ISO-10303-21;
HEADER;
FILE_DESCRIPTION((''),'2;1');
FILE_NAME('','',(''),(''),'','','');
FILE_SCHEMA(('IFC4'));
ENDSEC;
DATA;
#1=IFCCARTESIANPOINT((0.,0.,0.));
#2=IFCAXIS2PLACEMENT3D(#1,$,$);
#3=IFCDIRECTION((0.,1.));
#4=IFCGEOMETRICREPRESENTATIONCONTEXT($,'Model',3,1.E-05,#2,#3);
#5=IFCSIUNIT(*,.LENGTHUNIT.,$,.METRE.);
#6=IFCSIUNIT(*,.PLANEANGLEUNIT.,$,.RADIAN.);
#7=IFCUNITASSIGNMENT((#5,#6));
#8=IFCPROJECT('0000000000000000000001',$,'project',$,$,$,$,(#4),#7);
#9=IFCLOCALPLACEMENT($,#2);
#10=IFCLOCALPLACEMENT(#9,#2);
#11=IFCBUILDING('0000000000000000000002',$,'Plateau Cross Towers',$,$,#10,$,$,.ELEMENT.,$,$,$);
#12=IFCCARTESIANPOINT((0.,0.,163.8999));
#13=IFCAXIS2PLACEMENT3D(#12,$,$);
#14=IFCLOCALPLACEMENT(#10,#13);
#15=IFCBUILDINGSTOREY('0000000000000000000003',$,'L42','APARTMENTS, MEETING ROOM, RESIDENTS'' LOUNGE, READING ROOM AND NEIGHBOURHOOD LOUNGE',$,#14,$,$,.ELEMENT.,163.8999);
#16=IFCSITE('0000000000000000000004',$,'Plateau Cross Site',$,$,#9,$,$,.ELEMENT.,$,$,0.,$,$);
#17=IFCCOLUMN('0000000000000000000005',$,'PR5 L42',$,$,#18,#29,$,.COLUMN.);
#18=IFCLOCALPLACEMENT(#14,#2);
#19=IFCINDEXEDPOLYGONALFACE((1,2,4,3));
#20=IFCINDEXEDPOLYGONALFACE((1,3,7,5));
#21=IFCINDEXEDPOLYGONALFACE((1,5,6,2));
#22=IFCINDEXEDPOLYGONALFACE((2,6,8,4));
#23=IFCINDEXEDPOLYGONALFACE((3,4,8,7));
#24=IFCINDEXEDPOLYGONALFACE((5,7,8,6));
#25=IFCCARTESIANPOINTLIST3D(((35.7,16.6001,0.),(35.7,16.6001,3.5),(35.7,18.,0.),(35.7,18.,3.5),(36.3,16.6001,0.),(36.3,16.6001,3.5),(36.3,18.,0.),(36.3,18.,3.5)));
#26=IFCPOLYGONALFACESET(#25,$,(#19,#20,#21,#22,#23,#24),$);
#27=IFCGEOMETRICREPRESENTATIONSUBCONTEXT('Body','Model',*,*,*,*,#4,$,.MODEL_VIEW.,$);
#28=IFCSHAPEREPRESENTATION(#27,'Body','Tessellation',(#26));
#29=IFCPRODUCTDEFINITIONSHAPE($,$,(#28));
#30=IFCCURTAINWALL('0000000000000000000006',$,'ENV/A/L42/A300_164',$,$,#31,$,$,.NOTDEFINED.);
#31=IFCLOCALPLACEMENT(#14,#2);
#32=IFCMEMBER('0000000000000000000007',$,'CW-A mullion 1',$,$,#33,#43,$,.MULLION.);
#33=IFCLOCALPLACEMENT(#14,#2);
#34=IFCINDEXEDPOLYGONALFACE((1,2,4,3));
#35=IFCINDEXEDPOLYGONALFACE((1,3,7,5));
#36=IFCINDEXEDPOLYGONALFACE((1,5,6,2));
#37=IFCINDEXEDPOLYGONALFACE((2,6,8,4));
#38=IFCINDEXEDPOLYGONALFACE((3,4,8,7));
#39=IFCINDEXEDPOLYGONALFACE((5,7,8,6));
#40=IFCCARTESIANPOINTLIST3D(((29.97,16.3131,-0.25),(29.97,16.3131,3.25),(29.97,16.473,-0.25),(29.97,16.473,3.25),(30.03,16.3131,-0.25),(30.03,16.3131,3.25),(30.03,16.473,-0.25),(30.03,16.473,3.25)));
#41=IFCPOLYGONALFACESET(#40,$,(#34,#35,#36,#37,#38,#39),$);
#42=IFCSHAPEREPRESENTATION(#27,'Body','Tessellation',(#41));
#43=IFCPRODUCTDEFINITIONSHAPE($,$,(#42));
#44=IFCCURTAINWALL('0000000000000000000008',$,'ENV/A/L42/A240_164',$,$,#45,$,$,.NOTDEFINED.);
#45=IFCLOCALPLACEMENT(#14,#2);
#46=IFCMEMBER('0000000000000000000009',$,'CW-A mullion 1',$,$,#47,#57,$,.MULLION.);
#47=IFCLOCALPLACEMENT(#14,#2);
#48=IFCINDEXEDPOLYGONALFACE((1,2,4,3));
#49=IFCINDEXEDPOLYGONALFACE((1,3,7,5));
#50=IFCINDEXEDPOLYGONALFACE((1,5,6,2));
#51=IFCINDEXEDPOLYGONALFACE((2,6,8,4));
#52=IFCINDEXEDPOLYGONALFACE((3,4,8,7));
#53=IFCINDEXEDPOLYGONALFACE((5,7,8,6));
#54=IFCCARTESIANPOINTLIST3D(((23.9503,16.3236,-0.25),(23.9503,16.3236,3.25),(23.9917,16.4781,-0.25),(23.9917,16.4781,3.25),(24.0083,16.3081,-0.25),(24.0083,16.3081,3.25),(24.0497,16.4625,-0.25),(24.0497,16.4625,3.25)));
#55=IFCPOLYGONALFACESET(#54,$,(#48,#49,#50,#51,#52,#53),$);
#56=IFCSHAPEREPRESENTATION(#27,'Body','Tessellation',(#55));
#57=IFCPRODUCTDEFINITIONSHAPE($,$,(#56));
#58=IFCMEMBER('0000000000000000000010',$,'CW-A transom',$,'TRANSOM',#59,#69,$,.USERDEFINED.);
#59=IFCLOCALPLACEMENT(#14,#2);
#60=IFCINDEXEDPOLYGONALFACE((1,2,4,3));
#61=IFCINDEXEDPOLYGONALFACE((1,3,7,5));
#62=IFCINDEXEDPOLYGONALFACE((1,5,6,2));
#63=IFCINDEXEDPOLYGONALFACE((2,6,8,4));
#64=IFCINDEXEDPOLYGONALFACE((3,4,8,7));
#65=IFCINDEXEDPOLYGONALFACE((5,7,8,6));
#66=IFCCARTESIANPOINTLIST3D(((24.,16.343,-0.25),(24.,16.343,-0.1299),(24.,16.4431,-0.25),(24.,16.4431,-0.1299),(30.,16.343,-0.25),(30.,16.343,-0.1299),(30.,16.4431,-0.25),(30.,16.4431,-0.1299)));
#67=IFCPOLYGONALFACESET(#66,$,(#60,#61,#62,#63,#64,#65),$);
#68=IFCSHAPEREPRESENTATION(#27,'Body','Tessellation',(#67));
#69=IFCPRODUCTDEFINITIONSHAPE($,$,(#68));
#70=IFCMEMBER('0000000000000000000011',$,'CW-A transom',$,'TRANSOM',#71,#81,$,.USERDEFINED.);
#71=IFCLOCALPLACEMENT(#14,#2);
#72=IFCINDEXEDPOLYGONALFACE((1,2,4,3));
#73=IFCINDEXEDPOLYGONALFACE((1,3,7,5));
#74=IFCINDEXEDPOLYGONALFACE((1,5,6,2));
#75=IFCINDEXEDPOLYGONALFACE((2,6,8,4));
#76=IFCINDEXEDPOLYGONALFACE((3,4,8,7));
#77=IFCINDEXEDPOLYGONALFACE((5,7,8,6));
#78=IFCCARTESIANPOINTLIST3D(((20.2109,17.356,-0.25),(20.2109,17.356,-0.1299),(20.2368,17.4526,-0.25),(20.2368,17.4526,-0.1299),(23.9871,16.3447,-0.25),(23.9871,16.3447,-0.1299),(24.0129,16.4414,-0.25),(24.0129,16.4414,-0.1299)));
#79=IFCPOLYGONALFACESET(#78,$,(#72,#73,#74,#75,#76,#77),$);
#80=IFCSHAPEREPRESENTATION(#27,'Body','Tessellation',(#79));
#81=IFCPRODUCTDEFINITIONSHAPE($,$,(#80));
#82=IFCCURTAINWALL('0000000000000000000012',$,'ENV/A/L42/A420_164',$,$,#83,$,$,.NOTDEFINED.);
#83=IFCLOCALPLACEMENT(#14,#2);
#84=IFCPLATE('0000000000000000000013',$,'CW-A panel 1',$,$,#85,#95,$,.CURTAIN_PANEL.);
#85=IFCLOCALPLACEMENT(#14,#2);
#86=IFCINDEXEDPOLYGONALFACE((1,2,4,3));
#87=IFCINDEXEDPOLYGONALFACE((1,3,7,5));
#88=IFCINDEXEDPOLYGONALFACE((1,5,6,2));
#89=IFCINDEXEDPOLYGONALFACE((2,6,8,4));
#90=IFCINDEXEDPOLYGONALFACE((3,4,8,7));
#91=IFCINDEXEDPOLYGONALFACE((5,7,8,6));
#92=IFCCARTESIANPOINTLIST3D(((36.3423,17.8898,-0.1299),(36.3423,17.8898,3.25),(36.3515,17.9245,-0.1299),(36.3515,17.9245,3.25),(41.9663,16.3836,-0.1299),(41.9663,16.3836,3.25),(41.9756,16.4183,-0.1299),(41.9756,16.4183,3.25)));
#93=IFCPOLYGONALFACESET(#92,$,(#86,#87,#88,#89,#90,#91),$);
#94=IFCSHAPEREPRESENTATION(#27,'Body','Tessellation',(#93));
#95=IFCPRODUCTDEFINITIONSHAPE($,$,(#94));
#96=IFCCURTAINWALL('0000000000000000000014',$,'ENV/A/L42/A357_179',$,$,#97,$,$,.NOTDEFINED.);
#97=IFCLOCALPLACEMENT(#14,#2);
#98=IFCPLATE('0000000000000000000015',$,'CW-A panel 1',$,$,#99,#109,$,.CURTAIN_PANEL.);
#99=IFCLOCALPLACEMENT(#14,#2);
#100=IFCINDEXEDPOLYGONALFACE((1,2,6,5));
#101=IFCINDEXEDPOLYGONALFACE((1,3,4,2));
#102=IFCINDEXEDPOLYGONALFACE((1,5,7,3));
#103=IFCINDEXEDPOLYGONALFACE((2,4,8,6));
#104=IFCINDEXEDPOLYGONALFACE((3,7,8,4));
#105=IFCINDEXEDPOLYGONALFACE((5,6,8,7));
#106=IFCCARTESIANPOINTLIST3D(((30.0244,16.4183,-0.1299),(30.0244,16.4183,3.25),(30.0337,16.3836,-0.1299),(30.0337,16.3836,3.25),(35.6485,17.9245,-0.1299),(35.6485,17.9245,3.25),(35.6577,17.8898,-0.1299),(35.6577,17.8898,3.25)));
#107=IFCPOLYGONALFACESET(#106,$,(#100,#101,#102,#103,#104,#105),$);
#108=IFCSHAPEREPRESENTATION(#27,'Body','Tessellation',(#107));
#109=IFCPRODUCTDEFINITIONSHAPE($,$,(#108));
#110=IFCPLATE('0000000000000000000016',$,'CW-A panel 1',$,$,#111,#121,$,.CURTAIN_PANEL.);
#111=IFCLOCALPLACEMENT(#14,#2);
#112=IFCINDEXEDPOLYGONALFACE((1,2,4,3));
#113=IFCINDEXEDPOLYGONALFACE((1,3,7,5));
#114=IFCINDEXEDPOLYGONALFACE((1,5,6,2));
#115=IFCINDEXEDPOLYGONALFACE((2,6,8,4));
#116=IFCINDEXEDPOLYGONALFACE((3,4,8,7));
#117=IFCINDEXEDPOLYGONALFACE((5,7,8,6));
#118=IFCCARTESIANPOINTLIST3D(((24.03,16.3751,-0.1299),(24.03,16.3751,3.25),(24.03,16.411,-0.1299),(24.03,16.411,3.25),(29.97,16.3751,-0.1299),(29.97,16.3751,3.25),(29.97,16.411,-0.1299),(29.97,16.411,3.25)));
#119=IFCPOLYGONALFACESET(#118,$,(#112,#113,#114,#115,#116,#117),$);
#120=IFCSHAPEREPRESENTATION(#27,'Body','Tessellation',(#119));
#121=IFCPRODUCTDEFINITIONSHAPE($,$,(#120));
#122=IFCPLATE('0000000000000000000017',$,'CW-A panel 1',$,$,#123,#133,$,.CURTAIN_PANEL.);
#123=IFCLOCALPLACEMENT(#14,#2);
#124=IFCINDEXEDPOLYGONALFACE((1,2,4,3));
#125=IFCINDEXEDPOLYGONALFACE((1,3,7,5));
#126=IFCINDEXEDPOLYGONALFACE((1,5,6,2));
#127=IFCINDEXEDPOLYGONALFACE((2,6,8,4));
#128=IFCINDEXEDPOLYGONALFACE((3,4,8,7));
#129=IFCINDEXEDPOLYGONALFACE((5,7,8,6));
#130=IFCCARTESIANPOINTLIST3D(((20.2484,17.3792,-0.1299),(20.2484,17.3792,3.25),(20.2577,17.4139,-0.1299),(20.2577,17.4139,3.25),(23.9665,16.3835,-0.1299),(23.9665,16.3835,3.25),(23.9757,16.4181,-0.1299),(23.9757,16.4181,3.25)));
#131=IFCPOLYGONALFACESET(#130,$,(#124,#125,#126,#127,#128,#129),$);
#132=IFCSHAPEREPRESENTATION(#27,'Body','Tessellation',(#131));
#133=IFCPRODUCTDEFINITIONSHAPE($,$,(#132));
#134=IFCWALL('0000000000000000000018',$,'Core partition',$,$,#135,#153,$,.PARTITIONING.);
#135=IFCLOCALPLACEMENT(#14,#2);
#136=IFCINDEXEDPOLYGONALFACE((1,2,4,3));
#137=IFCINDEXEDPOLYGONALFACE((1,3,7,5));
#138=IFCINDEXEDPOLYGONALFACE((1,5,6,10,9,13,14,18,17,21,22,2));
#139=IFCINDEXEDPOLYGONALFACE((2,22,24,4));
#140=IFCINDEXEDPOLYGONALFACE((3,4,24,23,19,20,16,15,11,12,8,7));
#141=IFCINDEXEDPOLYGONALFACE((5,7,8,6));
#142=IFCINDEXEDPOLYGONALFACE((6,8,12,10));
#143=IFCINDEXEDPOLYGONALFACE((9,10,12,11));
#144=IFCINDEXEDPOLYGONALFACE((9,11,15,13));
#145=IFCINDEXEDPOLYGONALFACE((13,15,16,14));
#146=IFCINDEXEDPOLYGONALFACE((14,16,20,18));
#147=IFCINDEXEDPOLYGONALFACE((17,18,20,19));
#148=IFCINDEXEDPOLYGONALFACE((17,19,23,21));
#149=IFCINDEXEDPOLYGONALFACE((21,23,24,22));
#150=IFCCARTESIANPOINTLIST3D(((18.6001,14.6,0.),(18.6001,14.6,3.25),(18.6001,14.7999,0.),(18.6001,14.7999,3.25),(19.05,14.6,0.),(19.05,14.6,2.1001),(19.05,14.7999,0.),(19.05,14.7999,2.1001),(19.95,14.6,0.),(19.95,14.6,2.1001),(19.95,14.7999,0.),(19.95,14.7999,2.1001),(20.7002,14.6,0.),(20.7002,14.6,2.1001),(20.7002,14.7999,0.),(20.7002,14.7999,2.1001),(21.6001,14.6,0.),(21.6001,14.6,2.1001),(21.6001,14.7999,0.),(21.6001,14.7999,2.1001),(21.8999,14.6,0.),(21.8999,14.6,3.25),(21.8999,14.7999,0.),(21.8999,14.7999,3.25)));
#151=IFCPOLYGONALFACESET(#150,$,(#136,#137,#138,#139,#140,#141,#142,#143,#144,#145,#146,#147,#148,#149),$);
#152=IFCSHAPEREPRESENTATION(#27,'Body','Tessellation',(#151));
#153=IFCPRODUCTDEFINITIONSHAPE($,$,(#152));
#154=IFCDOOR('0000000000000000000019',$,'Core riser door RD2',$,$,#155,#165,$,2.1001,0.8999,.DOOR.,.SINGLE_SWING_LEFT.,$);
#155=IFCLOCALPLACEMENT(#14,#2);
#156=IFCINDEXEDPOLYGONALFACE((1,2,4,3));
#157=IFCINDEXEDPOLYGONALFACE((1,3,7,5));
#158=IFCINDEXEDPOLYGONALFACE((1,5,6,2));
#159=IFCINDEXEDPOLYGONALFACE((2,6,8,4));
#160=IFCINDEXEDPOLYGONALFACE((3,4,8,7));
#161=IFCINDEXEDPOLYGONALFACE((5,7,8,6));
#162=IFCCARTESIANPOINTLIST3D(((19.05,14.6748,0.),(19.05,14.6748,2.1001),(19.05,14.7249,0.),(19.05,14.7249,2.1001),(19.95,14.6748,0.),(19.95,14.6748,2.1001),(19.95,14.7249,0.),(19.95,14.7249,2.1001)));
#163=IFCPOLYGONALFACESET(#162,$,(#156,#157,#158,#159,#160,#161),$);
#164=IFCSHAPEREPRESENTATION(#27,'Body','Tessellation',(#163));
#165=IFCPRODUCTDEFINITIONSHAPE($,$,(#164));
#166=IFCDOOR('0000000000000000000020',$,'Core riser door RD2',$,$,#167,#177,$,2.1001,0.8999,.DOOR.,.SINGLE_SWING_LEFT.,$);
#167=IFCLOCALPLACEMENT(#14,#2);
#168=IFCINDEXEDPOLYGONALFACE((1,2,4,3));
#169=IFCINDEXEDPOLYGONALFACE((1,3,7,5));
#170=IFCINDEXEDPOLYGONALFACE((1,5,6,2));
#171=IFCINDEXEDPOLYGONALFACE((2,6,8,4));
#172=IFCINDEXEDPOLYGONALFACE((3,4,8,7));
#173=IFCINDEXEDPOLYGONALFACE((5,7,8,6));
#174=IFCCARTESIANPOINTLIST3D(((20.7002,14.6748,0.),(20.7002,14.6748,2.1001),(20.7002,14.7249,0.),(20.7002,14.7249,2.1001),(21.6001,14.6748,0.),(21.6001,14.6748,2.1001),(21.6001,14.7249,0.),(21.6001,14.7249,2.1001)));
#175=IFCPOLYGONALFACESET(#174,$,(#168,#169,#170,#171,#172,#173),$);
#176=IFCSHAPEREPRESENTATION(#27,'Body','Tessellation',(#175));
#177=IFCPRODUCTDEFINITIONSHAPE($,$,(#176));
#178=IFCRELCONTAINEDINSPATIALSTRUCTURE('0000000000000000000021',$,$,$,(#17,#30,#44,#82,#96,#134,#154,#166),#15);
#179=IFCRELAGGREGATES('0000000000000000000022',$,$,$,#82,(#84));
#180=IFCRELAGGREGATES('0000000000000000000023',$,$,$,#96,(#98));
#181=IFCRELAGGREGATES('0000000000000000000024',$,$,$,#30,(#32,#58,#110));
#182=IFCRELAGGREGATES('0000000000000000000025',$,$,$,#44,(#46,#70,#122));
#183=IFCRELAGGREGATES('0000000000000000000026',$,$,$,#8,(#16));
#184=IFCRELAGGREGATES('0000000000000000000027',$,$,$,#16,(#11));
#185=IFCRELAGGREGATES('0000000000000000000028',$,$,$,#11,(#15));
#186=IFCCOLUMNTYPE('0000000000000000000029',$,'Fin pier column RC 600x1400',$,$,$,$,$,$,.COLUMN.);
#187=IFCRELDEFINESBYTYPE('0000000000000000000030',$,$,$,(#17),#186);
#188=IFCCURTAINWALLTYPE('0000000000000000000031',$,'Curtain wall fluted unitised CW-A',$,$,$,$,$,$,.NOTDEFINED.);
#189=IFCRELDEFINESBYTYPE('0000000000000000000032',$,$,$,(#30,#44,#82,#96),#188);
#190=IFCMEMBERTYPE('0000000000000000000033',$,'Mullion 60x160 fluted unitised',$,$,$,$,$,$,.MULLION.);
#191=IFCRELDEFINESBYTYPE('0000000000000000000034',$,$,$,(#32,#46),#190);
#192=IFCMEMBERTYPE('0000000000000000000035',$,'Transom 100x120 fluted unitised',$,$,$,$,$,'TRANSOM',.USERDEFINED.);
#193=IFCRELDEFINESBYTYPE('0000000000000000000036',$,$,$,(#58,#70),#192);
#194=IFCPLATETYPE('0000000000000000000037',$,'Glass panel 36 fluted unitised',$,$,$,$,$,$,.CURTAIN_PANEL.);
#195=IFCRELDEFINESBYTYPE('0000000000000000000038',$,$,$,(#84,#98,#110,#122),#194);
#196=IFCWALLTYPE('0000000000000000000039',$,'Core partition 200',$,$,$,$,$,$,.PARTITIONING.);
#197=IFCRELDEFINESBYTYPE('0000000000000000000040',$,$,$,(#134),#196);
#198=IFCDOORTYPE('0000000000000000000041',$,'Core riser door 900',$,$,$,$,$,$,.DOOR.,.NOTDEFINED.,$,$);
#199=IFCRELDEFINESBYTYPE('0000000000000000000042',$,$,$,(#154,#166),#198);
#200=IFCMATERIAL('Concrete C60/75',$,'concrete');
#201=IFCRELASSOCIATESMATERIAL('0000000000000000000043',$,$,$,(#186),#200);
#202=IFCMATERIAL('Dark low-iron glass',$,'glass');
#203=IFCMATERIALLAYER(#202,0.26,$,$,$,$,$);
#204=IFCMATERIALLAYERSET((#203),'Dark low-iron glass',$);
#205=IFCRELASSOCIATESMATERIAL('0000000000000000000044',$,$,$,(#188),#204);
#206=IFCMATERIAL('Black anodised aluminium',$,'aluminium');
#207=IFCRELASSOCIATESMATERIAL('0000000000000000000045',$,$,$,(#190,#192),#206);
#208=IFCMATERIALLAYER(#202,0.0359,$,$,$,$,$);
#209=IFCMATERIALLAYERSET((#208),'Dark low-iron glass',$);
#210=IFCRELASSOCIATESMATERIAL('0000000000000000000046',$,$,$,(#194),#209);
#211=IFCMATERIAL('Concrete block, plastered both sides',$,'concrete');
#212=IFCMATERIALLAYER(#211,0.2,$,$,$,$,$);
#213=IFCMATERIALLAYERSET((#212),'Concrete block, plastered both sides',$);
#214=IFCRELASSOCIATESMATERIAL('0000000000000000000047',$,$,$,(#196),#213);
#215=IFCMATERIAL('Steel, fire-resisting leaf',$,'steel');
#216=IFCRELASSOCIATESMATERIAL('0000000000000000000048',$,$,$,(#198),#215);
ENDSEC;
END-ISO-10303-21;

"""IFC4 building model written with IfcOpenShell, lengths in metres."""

from ifc_helpers import new_model, si_unit, direction, frame, frame_2d, origin, origin_2d, place, context, subcontext, project, spatial, rectangle, extrude, material, layer, layer_set, material_profile, profile_set, type_object, element, fill, aggregate, save


model = new_model("IFC4")

# Units and contexts
model_context = context("Model", 3, precision=1e-05, world=origin(), true_north=direction((0.0, 1.0)))
body_context = subcontext(model_context, "Body", "Model", "MODEL_VIEW")
ifc_project = project(units=[si_unit("LENGTHUNIT", "METRE"), si_unit("PLANEANGLEUNIT", "RADIAN")], contexts=[model_context])

# Site, building, storey
site_placement = place(None, origin())
site = spatial("IfcSite", under=ifc_project, at=site_placement, Name="Plateau Cross Site", CompositionType="ELEMENT", RefElevation=0.0)
building_placement = place(site_placement, origin())
building = spatial("IfcBuilding", under=site, at=building_placement, Name="Plateau Cross Towers", CompositionType="ELEMENT")
storey_placement = place(building_placement, frame((0.0, 0.0, 163.8999)))
storey = spatial("IfcBuildingStorey", under=building, at=storey_placement, Name="L42", Description="APARTMENTS, MEETING ROOM, RESIDENTS' LOUNGE, READING ROOM AND NEIGHBOURHOOD LOUNGE", CompositionType="ELEMENT", Elevation=163.8999)

# Column
ifc_material_1 = material(Name="Concrete C60/75", Category="concrete")
ifc_material_profile_1 = material_profile(ifc_material_1, rectangle(XDim=0.6001, YDim=1.3999, at=origin_2d()), Name="RC 600x1400")
ifc_profile_set_1 = profile_set([ifc_material_profile_1], Name="Concrete C60/75")
column_type = type_object("IfcColumnType", Name="Fin pier column RC 600x1400", PredefinedType="COLUMN", material=ifc_profile_set_1)
column_placement = place(storey_placement, frame((36.0, 17.3, 0.0), z_axis=(0.0, 0.0, 1.0), x_axis=(1.0, 0.0, 0.0)))
element("IfcColumn", 1, at=column_placement, inside=storey, type_object=column_type, Name="PR5 L42", PredefinedType="COLUMN", context=body_context, shape_type="SweptSolid", body=[
    extrude(rectangle(XDim=0.6001, YDim=1.3999, at=origin_2d()), origin(), (0.0, 0.0, 1.0), 3.5),
])

# Curtain walls, members
ifc_material_2 = material(Name="Dark low-iron glass", Category="glass")
ifc_layer_1 = layer(ifc_material_2, 0.26)
ifc_layer_set_1 = layer_set([ifc_layer_1], Name="Dark low-iron glass")
curtain_wall_type = type_object("IfcCurtainWallType", Name="Curtain wall fluted unitised CW-A", PredefinedType="NOTDEFINED", material=ifc_layer_set_1)
curtain_wall_1_placement = place(storey_placement, origin())
curtain_wall_1 = element("IfcCurtainWall", 2, at=curtain_wall_1_placement, inside=storey, type_object=curtain_wall_type, Name="ENV/A/L42/A300_164", PredefinedType="NOTDEFINED")
ifc_material_3 = material(Name="Black anodised aluminium", Category="aluminium")
ifc_material_profile_2 = material_profile(ifc_material_3, rectangle(XDim=0.0601, YDim=0.1599, at=origin_2d()), Name="MULLION 60x160")
ifc_profile_set_2 = profile_set([ifc_material_profile_2], Name="Black anodised aluminium")
member_type_1 = type_object("IfcMemberType", Name="Mullion 60x160 fluted unitised", PredefinedType="MULLION", material=ifc_profile_set_2)
member_1_placement = place(storey_placement, frame((30.0, 16.3931, -0.25), z_axis=(0.0, 0.0, 1.0), x_axis=(-1.0, 0.0, 0.0)))
member_1 = element("IfcMember", 3, at=member_1_placement, type_object=member_type_1, Name="CW-A mullion 1", PredefinedType="MULLION", context=body_context, shape_type="SweptSolid", body=[
    extrude(rectangle(XDim=0.0601, YDim=0.1599, at=origin_2d()), origin(), (0.0, 0.0, 1.0), 3.5),
])
curtain_wall_2_placement = place(storey_placement, origin())
curtain_wall_2 = element("IfcCurtainWall", 4, at=curtain_wall_2_placement, inside=storey, type_object=curtain_wall_type, Name="ENV/A/L42/A240_164", PredefinedType="NOTDEFINED")
member_2_placement = place(storey_placement, frame((24.0, 16.3931, -0.25), z_axis=(0.0, 0.0, 1.0), x_axis=(-0.965958, 0.258699, 0.0)))
member_2 = element("IfcMember", 5, at=member_2_placement, type_object=member_type_1, Name="CW-A mullion 1", PredefinedType="MULLION", context=body_context, shape_type="SweptSolid", body=[
    extrude(rectangle(XDim=0.0601, YDim=0.1599, at=origin_2d()), origin(), (0.0, 0.0, 1.0), 3.5),
])

# Members
ifc_material_profile_3 = material_profile(ifc_material_3, rectangle(XDim=0.1001, YDim=0.1201, at=origin_2d()), Name="TRANSOM 100x120")
ifc_profile_set_3 = profile_set([ifc_material_profile_3], Name="Black anodised aluminium")
member_type_2 = type_object("IfcMemberType", Name="Transom 100x120 fluted unitised", ElementType="TRANSOM", PredefinedType="USERDEFINED", material=ifc_profile_set_3)
member_3_placement = place(storey_placement, frame((30.0, 16.3931, -0.1899), z_axis=(-1.0, 0.0, 0.0), x_axis=(0.0, -1.0, 0.0)))
member_3 = element("IfcMember", 6, at=member_3_placement, type_object=member_type_2, Name="CW-A transom", ObjectType="TRANSOM", PredefinedType="USERDEFINED", context=body_context, shape_type="SweptSolid", body=[
    extrude(rectangle(XDim=0.1001, YDim=0.1201, at=origin_2d()), origin(), (0.0, 0.0, 1.0), 6.0),
])
member_4_placement = place(storey_placement, frame((24.0, 16.3931, -0.1899), z_axis=(-0.965963, 0.258681, 0.0), x_axis=(-0.258681, -0.965963, 0.0)))
member_4 = element("IfcMember", 7, at=member_4_placement, type_object=member_type_2, Name="CW-A transom", ObjectType="TRANSOM", PredefinedType="USERDEFINED", context=body_context, shape_type="SweptSolid", body=[
    extrude(rectangle(XDim=0.1001, YDim=0.1201, at=origin_2d()), origin(), (0.0, 0.0, 1.0), 3.9092),
])

# Curtain walls, plates
curtain_wall_3_placement = place(storey_placement, origin())
curtain_wall_3 = element("IfcCurtainWall", 8, at=curtain_wall_3_placement, inside=storey, type_object=curtain_wall_type, Name="ENV/A/L42/A420_164", PredefinedType="NOTDEFINED")
ifc_layer_2 = layer(ifc_material_2, 0.0359)
ifc_layer_set_2 = layer_set([ifc_layer_2], Name="Dark low-iron glass")
plate_type = type_object("IfcPlateType", Name="Glass panel 36 fluted unitised", PredefinedType="CURTAIN_PANEL", material=ifc_layer_set_2)
plate_1_placement = place(storey_placement, frame((39.1589, 17.1541, -0.1299), z_axis=(0.0, 0.0, 1.0), x_axis=(-0.965958, 0.258699, 0.0)))
plate_1 = element("IfcPlate", 9, at=plate_1_placement, type_object=plate_type, Name="CW-A panel 1", PredefinedType="CURTAIN_PANEL", context=body_context, shape_type="SweptSolid", body=[
    extrude(rectangle(XDim=5.8223, YDim=0.0359, at=origin_2d()), origin(), (0.0, 0.0, 1.0), 3.3799),
])
aggregate(curtain_wall_3, [plate_1])
curtain_wall_4_placement = place(storey_placement, origin())
curtain_wall_4 = element("IfcCurtainWall", 10, at=curtain_wall_4_placement, inside=storey, type_object=curtain_wall_type, Name="ENV/A/L42/A357_179", PredefinedType="NOTDEFINED")
plate_2_placement = place(storey_placement, frame((32.8411, 17.1541, -0.1299), z_axis=(0.0, 0.0, 1.0), x_axis=(-0.965958, -0.258699, 0.0)))
plate_2 = element("IfcPlate", 11, at=plate_2_placement, type_object=plate_type, Name="CW-A panel 1", PredefinedType="CURTAIN_PANEL", context=body_context, shape_type="SweptSolid", body=[
    extrude(rectangle(XDim=5.8223, YDim=0.0359, at=origin_2d()), origin(), (0.0, 0.0, 1.0), 3.3799),
])
aggregate(curtain_wall_4, [plate_2])

# Plates
plate_3_placement = place(storey_placement, frame((27.0, 16.3931, -0.1299), z_axis=(0.0, 0.0, 1.0), x_axis=(-1.0, 0.0, 0.0)))
plate_3 = element("IfcPlate", 12, at=plate_3_placement, type_object=plate_type, Name="CW-A panel 1", PredefinedType="CURTAIN_PANEL", context=body_context, shape_type="SweptSolid", body=[
    extrude(rectangle(XDim=5.9399, YDim=0.0359, at=origin_2d()), origin(), (0.0, 0.0, 1.0), 3.3799),
])
aggregate(curtain_wall_1, [member_1, member_3, plate_3])
plate_4_placement = place(storey_placement, frame((22.1121, 16.8987, -0.1299), z_axis=(0.0, 0.0, 1.0), x_axis=(-0.965958, 0.258699, 0.0)))
plate_4 = element("IfcPlate", 13, at=plate_4_placement, type_object=plate_type, Name="CW-A panel 1", PredefinedType="CURTAIN_PANEL", context=body_context, shape_type="SweptSolid", body=[
    extrude(rectangle(XDim=3.8491, YDim=0.0359, at=origin_2d()), origin(), (0.0, 0.0, 1.0), 3.3799),
])
aggregate(curtain_wall_2, [member_2, member_4, plate_4])

# Wall, openings, doors
ifc_material_4 = material(Name="Concrete block, plastered both sides", Category="concrete")
ifc_layer_3 = layer(ifc_material_4, 0.2)
ifc_layer_set_3 = layer_set([ifc_layer_3], Name="Concrete block, plastered both sides")
wall_type_1 = type_object("IfcWallType", Name="Core partition 200", PredefinedType="PARTITIONING", material=ifc_layer_set_3)
wall_1_placement = place(storey_placement, frame((18.6001, 14.7, 0.0), z_axis=(0.0, 0.0, 1.0), x_axis=(1.0, 0.0, 0.0)))
wall_1 = element("IfcWall", 14, at=wall_1_placement, inside=storey, type_object=wall_type_1, Name="Core partition", PredefinedType="PARTITIONING", context=body_context, shape_type="SweptSolid", body=[
    extrude(rectangle(XDim=3.2998, YDim=0.2, at=frame_2d((1.6499, 0.0))), origin(), (0.0, 0.0, 1.0), 3.25),
])
opening_1_placement = place(wall_1_placement, frame((0.45, 0.0, 0.0)))
opening_1 = element("IfcOpeningElement", 15, at=opening_1_placement, cuts=wall_1, PredefinedType="OPENING", context=body_context, shape_type="SweptSolid", body=[
    extrude(rectangle(XDim=0.8999, YDim=2.1001, at=frame_2d((0.45, 1.05))), frame((0.0, 0.1099, 0.0), z_axis=(0.0, -1.0, 0.0), x_axis=(1.0, 0.0, 0.0)), (0.0, 0.0, 1.0), 0.22),
])
opening_2_placement = place(wall_1_placement, frame((2.1001, 0.0, 0.0)))
opening_2 = element("IfcOpeningElement", 16, at=opening_2_placement, cuts=wall_1, PredefinedType="OPENING", context=body_context, shape_type="SweptSolid", body=[
    extrude(rectangle(XDim=0.8999, YDim=2.1001, at=frame_2d((0.45, 1.05))), frame((0.0, 0.1099, 0.0), z_axis=(0.0, -1.0, 0.0), x_axis=(1.0, 0.0, 0.0)), (0.0, 0.0, 1.0), 0.22),
])
ifc_material_5 = material(Name="Steel, fire-resisting leaf", Category="steel")
door_type_1 = type_object("IfcDoorType", Name="Core riser door 900", OperationType="NOTDEFINED", PredefinedType="DOOR", material=ifc_material_5)
door_1_placement = place(opening_1_placement, origin())
door_1 = element("IfcDoor", 17, at=door_1_placement, inside=storey, type_object=door_type_1, Name="Core riser door RD2", OperationType="SINGLE_SWING_LEFT", OverallHeight=2.1001, OverallWidth=0.8999, PredefinedType="DOOR", context=body_context, shape_type="SweptSolid", body=[
    extrude(rectangle(XDim=0.8999, YDim=2.1001, at=frame_2d((0.45, 1.05))), frame((0.0, 0.0249, 0.0), z_axis=(0.0, -1.0, 0.0), x_axis=(1.0, 0.0, 0.0)), (0.0, 0.0, 1.0), 0.05),
])
fill(opening_1, door_1)
door_2_placement = place(opening_2_placement, origin())
door_2 = element("IfcDoor", 18, at=door_2_placement, inside=storey, type_object=door_type_1, Name="Core riser door RD2", OperationType="SINGLE_SWING_LEFT", OverallHeight=2.1001, OverallWidth=0.8999, PredefinedType="DOOR", context=body_context, shape_type="SweptSolid", body=[
    extrude(rectangle(XDim=0.8999, YDim=2.1001, at=frame_2d((0.45, 1.05))), frame((0.0, 0.0249, 0.0), z_axis=(0.0, -1.0, 0.0), x_axis=(1.0, 0.0, 0.0)), (0.0, 0.0, 1.0), 0.05),
])
fill(opening_2, door_2)

save(model, "model.ifc")
